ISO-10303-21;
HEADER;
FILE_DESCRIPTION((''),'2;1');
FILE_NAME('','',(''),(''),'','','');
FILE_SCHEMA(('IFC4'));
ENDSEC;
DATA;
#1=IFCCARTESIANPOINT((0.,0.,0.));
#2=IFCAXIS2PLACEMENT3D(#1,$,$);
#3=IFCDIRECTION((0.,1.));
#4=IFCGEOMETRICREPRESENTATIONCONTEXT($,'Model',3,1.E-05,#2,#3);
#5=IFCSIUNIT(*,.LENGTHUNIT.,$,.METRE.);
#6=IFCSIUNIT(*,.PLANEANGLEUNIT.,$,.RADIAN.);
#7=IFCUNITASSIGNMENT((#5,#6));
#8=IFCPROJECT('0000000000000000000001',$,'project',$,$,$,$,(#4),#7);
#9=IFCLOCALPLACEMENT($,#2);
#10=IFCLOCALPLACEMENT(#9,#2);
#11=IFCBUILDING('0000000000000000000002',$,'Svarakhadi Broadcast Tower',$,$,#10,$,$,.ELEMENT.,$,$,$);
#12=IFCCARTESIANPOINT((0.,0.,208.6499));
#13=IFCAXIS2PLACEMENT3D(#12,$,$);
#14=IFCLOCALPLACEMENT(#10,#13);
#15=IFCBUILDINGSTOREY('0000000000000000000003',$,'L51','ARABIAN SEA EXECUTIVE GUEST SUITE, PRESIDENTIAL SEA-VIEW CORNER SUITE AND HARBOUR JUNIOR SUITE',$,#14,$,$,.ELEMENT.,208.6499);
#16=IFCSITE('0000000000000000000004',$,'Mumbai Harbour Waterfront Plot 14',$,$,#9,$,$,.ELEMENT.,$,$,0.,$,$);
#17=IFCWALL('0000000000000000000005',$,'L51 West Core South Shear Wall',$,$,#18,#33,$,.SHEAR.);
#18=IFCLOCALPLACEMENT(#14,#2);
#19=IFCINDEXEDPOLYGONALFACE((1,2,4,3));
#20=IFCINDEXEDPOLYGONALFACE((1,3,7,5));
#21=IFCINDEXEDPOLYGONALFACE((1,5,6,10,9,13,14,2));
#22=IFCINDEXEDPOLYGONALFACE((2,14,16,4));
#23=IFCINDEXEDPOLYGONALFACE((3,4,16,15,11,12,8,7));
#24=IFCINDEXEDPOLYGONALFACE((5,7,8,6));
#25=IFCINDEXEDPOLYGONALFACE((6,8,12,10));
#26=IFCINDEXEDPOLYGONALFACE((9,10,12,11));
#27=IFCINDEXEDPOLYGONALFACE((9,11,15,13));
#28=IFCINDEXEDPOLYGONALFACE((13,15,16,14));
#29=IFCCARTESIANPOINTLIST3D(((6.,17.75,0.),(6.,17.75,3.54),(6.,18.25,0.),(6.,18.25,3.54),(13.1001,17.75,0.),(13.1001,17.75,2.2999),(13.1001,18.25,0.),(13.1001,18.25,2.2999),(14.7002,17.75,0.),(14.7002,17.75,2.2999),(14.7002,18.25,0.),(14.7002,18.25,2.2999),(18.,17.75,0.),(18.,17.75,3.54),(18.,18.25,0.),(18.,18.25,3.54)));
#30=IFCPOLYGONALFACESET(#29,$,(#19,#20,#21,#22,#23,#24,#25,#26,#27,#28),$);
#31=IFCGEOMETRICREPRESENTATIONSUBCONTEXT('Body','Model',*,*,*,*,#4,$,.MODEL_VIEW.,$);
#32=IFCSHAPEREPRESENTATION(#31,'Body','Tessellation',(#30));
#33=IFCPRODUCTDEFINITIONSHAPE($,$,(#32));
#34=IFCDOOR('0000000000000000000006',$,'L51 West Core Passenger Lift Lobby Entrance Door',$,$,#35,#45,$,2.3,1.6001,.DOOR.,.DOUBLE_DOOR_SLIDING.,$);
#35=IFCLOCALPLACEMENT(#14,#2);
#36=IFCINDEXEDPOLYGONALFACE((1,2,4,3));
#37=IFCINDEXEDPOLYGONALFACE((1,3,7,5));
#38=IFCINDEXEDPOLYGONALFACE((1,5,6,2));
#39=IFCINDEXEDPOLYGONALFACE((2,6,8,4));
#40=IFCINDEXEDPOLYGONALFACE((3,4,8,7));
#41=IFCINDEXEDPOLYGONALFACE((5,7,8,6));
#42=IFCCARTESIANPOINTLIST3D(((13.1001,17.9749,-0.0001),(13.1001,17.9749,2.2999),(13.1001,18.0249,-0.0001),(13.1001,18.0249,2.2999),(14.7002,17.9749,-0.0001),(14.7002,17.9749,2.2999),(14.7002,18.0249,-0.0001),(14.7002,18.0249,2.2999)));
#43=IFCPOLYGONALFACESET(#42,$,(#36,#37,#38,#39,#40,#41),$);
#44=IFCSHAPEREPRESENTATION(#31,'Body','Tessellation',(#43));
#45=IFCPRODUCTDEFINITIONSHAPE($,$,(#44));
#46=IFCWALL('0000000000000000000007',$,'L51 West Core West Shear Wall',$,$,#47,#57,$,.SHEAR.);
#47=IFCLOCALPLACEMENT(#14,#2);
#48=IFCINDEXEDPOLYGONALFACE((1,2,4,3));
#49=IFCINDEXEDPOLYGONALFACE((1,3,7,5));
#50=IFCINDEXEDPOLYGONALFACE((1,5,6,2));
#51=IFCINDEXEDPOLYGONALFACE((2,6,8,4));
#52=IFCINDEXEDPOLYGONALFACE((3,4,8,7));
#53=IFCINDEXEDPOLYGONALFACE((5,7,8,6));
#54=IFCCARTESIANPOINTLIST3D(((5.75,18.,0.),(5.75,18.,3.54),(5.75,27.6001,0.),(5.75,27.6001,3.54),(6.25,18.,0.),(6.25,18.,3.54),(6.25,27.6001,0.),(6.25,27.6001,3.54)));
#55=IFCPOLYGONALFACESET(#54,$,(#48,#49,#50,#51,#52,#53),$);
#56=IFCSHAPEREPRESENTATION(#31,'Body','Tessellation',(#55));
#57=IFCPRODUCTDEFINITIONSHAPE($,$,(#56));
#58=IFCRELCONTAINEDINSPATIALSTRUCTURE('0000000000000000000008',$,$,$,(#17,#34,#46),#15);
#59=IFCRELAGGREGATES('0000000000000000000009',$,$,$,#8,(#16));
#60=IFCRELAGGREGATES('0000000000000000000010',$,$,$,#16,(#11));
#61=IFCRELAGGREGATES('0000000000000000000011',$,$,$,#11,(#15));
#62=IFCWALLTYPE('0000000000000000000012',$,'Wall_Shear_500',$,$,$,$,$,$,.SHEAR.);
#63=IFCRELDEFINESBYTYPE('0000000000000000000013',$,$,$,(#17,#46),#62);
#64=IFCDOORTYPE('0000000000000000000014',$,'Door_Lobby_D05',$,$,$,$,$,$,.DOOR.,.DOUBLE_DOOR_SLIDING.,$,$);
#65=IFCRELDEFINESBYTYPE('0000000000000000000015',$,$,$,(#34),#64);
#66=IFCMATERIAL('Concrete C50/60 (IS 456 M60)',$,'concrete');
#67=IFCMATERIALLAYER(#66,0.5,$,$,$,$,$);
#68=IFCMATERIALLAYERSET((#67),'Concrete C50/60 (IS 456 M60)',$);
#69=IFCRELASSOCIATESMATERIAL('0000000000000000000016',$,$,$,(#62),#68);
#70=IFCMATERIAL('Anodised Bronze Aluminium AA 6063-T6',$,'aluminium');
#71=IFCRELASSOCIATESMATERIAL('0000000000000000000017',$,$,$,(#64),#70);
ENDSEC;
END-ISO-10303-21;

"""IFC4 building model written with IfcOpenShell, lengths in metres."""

from ifc_helpers import new_model, si_unit, direction, frame, frame_2d, origin, place, context, subcontext, project, spatial, rectangle, extrude, material, layer, layer_set, type_object, element, fill, save


model = new_model("IFC4")

# Units and contexts
model_context = context("Model", 3, precision=1e-05, world=origin(), true_north=direction((0.0, 1.0)))
body_context = subcontext(model_context, "Body", "Model", "MODEL_VIEW")
ifc_project = project(units=[si_unit("LENGTHUNIT", "METRE"), si_unit("PLANEANGLEUNIT", "RADIAN")], contexts=[model_context])

# Site, building, storey
site_placement = place(None, origin())
site = spatial("IfcSite", under=ifc_project, at=site_placement, Name="Mumbai Harbour Waterfront Plot 14", CompositionType="ELEMENT", RefElevation=0.0)
building_placement = place(site_placement, origin())
building = spatial("IfcBuilding", under=site, at=building_placement, Name="Svarakhadi Broadcast Tower", CompositionType="ELEMENT")
storey_placement = place(building_placement, frame((0.0, 0.0, 208.6499)))
storey = spatial("IfcBuildingStorey", under=building, at=storey_placement, Name="L51", Description="ARABIAN SEA EXECUTIVE GUEST SUITE, PRESIDENTIAL SEA-VIEW CORNER SUITE AND HARBOUR JUNIOR SUITE", CompositionType="ELEMENT", Elevation=208.6499)

# Shared definitions
ifc_material_1 = material(Name="Concrete C50/60 (IS 456 M60)", Category="concrete")

# Shared definitions
ifc_material_2 = material(Name="Anodised Bronze Aluminium AA 6063-T6", Category="aluminium")

# Wall, opening, door
ifc_layer_1 = layer(ifc_material_1, 0.5)
ifc_layer_set_1 = layer_set([ifc_layer_1], Name="Concrete C50/60 (IS 456 M60)")
wall_type_1 = type_object("IfcWallType", Name="Wall_Shear_500", PredefinedType="SHEAR", material=ifc_layer_set_1)
wall_1_placement = place(storey_placement, frame((6.0, 18.0, 0.0), z_axis=(0.0, 0.0, 1.0), x_axis=(1.0, 0.0, 0.0)))
wall_1 = element("IfcWall", 1, at=wall_1_placement, inside=storey, type_object=wall_type_1, Name="L51 West Core South Shear Wall", PredefinedType="SHEAR", context=body_context, shape_type="SweptSolid", body=[
    extrude(rectangle(XDim=12.0, YDim=0.5, at=frame_2d((6.0, 0.0))), origin(), (0.0, 0.0, 1.0), 3.54),
])
opening_placement = place(wall_1_placement, frame((7.1001, 0.0, 0.0)))
opening = element("IfcOpeningElement", 2, at=opening_placement, cuts=wall_1, PredefinedType="OPENING", context=body_context, shape_type="SweptSolid", body=[
    extrude(rectangle(XDim=1.6001, YDim=2.3, at=frame_2d((0.8, 1.1499))), frame((0.0, 0.26, 0.0), z_axis=(0.0, -1.0, 0.0), x_axis=(1.0, 0.0, 0.0)), (0.0, 0.0, 1.0), 0.52),
])
door_type = type_object("IfcDoorType", Name="Door_Lobby_D05", OperationType="DOUBLE_DOOR_SLIDING", PredefinedType="DOOR", material=ifc_material_2)
door_placement = place(opening_placement, origin())
door = element("IfcDoor", 3, at=door_placement, inside=storey, type_object=door_type, Name="L51 West Core Passenger Lift Lobby Entrance Door", OperationType="DOUBLE_DOOR_SLIDING", OverallHeight=2.3, OverallWidth=1.6001, PredefinedType="DOOR", context=body_context, shape_type="SweptSolid", body=[
    extrude(rectangle(XDim=1.6001, YDim=2.3, at=frame_2d((0.8, 1.1499))), frame((0.0, 0.0249, 0.0), z_axis=(0.0, -1.0, 0.0), x_axis=(1.0, 0.0, 0.0)), (0.0, 0.0, 1.0), 0.05),
])
fill(opening, door)

# Wall
wall_2_placement = place(storey_placement, frame((6.0, 18.0, 0.0), z_axis=(0.0, 0.0, 1.0), x_axis=(0.0, 1.0, 0.0)))
element("IfcWall", 4, at=wall_2_placement, inside=storey, type_object=wall_type_1, Name="L51 West Core West Shear Wall", PredefinedType="SHEAR", context=body_context, shape_type="SweptSolid", body=[
    extrude(rectangle(XDim=9.6001, YDim=0.5, at=frame_2d((4.8, 0.0))), origin(), (0.0, 0.0, 1.0), 3.54),
])

save(model, "model.ifc")
